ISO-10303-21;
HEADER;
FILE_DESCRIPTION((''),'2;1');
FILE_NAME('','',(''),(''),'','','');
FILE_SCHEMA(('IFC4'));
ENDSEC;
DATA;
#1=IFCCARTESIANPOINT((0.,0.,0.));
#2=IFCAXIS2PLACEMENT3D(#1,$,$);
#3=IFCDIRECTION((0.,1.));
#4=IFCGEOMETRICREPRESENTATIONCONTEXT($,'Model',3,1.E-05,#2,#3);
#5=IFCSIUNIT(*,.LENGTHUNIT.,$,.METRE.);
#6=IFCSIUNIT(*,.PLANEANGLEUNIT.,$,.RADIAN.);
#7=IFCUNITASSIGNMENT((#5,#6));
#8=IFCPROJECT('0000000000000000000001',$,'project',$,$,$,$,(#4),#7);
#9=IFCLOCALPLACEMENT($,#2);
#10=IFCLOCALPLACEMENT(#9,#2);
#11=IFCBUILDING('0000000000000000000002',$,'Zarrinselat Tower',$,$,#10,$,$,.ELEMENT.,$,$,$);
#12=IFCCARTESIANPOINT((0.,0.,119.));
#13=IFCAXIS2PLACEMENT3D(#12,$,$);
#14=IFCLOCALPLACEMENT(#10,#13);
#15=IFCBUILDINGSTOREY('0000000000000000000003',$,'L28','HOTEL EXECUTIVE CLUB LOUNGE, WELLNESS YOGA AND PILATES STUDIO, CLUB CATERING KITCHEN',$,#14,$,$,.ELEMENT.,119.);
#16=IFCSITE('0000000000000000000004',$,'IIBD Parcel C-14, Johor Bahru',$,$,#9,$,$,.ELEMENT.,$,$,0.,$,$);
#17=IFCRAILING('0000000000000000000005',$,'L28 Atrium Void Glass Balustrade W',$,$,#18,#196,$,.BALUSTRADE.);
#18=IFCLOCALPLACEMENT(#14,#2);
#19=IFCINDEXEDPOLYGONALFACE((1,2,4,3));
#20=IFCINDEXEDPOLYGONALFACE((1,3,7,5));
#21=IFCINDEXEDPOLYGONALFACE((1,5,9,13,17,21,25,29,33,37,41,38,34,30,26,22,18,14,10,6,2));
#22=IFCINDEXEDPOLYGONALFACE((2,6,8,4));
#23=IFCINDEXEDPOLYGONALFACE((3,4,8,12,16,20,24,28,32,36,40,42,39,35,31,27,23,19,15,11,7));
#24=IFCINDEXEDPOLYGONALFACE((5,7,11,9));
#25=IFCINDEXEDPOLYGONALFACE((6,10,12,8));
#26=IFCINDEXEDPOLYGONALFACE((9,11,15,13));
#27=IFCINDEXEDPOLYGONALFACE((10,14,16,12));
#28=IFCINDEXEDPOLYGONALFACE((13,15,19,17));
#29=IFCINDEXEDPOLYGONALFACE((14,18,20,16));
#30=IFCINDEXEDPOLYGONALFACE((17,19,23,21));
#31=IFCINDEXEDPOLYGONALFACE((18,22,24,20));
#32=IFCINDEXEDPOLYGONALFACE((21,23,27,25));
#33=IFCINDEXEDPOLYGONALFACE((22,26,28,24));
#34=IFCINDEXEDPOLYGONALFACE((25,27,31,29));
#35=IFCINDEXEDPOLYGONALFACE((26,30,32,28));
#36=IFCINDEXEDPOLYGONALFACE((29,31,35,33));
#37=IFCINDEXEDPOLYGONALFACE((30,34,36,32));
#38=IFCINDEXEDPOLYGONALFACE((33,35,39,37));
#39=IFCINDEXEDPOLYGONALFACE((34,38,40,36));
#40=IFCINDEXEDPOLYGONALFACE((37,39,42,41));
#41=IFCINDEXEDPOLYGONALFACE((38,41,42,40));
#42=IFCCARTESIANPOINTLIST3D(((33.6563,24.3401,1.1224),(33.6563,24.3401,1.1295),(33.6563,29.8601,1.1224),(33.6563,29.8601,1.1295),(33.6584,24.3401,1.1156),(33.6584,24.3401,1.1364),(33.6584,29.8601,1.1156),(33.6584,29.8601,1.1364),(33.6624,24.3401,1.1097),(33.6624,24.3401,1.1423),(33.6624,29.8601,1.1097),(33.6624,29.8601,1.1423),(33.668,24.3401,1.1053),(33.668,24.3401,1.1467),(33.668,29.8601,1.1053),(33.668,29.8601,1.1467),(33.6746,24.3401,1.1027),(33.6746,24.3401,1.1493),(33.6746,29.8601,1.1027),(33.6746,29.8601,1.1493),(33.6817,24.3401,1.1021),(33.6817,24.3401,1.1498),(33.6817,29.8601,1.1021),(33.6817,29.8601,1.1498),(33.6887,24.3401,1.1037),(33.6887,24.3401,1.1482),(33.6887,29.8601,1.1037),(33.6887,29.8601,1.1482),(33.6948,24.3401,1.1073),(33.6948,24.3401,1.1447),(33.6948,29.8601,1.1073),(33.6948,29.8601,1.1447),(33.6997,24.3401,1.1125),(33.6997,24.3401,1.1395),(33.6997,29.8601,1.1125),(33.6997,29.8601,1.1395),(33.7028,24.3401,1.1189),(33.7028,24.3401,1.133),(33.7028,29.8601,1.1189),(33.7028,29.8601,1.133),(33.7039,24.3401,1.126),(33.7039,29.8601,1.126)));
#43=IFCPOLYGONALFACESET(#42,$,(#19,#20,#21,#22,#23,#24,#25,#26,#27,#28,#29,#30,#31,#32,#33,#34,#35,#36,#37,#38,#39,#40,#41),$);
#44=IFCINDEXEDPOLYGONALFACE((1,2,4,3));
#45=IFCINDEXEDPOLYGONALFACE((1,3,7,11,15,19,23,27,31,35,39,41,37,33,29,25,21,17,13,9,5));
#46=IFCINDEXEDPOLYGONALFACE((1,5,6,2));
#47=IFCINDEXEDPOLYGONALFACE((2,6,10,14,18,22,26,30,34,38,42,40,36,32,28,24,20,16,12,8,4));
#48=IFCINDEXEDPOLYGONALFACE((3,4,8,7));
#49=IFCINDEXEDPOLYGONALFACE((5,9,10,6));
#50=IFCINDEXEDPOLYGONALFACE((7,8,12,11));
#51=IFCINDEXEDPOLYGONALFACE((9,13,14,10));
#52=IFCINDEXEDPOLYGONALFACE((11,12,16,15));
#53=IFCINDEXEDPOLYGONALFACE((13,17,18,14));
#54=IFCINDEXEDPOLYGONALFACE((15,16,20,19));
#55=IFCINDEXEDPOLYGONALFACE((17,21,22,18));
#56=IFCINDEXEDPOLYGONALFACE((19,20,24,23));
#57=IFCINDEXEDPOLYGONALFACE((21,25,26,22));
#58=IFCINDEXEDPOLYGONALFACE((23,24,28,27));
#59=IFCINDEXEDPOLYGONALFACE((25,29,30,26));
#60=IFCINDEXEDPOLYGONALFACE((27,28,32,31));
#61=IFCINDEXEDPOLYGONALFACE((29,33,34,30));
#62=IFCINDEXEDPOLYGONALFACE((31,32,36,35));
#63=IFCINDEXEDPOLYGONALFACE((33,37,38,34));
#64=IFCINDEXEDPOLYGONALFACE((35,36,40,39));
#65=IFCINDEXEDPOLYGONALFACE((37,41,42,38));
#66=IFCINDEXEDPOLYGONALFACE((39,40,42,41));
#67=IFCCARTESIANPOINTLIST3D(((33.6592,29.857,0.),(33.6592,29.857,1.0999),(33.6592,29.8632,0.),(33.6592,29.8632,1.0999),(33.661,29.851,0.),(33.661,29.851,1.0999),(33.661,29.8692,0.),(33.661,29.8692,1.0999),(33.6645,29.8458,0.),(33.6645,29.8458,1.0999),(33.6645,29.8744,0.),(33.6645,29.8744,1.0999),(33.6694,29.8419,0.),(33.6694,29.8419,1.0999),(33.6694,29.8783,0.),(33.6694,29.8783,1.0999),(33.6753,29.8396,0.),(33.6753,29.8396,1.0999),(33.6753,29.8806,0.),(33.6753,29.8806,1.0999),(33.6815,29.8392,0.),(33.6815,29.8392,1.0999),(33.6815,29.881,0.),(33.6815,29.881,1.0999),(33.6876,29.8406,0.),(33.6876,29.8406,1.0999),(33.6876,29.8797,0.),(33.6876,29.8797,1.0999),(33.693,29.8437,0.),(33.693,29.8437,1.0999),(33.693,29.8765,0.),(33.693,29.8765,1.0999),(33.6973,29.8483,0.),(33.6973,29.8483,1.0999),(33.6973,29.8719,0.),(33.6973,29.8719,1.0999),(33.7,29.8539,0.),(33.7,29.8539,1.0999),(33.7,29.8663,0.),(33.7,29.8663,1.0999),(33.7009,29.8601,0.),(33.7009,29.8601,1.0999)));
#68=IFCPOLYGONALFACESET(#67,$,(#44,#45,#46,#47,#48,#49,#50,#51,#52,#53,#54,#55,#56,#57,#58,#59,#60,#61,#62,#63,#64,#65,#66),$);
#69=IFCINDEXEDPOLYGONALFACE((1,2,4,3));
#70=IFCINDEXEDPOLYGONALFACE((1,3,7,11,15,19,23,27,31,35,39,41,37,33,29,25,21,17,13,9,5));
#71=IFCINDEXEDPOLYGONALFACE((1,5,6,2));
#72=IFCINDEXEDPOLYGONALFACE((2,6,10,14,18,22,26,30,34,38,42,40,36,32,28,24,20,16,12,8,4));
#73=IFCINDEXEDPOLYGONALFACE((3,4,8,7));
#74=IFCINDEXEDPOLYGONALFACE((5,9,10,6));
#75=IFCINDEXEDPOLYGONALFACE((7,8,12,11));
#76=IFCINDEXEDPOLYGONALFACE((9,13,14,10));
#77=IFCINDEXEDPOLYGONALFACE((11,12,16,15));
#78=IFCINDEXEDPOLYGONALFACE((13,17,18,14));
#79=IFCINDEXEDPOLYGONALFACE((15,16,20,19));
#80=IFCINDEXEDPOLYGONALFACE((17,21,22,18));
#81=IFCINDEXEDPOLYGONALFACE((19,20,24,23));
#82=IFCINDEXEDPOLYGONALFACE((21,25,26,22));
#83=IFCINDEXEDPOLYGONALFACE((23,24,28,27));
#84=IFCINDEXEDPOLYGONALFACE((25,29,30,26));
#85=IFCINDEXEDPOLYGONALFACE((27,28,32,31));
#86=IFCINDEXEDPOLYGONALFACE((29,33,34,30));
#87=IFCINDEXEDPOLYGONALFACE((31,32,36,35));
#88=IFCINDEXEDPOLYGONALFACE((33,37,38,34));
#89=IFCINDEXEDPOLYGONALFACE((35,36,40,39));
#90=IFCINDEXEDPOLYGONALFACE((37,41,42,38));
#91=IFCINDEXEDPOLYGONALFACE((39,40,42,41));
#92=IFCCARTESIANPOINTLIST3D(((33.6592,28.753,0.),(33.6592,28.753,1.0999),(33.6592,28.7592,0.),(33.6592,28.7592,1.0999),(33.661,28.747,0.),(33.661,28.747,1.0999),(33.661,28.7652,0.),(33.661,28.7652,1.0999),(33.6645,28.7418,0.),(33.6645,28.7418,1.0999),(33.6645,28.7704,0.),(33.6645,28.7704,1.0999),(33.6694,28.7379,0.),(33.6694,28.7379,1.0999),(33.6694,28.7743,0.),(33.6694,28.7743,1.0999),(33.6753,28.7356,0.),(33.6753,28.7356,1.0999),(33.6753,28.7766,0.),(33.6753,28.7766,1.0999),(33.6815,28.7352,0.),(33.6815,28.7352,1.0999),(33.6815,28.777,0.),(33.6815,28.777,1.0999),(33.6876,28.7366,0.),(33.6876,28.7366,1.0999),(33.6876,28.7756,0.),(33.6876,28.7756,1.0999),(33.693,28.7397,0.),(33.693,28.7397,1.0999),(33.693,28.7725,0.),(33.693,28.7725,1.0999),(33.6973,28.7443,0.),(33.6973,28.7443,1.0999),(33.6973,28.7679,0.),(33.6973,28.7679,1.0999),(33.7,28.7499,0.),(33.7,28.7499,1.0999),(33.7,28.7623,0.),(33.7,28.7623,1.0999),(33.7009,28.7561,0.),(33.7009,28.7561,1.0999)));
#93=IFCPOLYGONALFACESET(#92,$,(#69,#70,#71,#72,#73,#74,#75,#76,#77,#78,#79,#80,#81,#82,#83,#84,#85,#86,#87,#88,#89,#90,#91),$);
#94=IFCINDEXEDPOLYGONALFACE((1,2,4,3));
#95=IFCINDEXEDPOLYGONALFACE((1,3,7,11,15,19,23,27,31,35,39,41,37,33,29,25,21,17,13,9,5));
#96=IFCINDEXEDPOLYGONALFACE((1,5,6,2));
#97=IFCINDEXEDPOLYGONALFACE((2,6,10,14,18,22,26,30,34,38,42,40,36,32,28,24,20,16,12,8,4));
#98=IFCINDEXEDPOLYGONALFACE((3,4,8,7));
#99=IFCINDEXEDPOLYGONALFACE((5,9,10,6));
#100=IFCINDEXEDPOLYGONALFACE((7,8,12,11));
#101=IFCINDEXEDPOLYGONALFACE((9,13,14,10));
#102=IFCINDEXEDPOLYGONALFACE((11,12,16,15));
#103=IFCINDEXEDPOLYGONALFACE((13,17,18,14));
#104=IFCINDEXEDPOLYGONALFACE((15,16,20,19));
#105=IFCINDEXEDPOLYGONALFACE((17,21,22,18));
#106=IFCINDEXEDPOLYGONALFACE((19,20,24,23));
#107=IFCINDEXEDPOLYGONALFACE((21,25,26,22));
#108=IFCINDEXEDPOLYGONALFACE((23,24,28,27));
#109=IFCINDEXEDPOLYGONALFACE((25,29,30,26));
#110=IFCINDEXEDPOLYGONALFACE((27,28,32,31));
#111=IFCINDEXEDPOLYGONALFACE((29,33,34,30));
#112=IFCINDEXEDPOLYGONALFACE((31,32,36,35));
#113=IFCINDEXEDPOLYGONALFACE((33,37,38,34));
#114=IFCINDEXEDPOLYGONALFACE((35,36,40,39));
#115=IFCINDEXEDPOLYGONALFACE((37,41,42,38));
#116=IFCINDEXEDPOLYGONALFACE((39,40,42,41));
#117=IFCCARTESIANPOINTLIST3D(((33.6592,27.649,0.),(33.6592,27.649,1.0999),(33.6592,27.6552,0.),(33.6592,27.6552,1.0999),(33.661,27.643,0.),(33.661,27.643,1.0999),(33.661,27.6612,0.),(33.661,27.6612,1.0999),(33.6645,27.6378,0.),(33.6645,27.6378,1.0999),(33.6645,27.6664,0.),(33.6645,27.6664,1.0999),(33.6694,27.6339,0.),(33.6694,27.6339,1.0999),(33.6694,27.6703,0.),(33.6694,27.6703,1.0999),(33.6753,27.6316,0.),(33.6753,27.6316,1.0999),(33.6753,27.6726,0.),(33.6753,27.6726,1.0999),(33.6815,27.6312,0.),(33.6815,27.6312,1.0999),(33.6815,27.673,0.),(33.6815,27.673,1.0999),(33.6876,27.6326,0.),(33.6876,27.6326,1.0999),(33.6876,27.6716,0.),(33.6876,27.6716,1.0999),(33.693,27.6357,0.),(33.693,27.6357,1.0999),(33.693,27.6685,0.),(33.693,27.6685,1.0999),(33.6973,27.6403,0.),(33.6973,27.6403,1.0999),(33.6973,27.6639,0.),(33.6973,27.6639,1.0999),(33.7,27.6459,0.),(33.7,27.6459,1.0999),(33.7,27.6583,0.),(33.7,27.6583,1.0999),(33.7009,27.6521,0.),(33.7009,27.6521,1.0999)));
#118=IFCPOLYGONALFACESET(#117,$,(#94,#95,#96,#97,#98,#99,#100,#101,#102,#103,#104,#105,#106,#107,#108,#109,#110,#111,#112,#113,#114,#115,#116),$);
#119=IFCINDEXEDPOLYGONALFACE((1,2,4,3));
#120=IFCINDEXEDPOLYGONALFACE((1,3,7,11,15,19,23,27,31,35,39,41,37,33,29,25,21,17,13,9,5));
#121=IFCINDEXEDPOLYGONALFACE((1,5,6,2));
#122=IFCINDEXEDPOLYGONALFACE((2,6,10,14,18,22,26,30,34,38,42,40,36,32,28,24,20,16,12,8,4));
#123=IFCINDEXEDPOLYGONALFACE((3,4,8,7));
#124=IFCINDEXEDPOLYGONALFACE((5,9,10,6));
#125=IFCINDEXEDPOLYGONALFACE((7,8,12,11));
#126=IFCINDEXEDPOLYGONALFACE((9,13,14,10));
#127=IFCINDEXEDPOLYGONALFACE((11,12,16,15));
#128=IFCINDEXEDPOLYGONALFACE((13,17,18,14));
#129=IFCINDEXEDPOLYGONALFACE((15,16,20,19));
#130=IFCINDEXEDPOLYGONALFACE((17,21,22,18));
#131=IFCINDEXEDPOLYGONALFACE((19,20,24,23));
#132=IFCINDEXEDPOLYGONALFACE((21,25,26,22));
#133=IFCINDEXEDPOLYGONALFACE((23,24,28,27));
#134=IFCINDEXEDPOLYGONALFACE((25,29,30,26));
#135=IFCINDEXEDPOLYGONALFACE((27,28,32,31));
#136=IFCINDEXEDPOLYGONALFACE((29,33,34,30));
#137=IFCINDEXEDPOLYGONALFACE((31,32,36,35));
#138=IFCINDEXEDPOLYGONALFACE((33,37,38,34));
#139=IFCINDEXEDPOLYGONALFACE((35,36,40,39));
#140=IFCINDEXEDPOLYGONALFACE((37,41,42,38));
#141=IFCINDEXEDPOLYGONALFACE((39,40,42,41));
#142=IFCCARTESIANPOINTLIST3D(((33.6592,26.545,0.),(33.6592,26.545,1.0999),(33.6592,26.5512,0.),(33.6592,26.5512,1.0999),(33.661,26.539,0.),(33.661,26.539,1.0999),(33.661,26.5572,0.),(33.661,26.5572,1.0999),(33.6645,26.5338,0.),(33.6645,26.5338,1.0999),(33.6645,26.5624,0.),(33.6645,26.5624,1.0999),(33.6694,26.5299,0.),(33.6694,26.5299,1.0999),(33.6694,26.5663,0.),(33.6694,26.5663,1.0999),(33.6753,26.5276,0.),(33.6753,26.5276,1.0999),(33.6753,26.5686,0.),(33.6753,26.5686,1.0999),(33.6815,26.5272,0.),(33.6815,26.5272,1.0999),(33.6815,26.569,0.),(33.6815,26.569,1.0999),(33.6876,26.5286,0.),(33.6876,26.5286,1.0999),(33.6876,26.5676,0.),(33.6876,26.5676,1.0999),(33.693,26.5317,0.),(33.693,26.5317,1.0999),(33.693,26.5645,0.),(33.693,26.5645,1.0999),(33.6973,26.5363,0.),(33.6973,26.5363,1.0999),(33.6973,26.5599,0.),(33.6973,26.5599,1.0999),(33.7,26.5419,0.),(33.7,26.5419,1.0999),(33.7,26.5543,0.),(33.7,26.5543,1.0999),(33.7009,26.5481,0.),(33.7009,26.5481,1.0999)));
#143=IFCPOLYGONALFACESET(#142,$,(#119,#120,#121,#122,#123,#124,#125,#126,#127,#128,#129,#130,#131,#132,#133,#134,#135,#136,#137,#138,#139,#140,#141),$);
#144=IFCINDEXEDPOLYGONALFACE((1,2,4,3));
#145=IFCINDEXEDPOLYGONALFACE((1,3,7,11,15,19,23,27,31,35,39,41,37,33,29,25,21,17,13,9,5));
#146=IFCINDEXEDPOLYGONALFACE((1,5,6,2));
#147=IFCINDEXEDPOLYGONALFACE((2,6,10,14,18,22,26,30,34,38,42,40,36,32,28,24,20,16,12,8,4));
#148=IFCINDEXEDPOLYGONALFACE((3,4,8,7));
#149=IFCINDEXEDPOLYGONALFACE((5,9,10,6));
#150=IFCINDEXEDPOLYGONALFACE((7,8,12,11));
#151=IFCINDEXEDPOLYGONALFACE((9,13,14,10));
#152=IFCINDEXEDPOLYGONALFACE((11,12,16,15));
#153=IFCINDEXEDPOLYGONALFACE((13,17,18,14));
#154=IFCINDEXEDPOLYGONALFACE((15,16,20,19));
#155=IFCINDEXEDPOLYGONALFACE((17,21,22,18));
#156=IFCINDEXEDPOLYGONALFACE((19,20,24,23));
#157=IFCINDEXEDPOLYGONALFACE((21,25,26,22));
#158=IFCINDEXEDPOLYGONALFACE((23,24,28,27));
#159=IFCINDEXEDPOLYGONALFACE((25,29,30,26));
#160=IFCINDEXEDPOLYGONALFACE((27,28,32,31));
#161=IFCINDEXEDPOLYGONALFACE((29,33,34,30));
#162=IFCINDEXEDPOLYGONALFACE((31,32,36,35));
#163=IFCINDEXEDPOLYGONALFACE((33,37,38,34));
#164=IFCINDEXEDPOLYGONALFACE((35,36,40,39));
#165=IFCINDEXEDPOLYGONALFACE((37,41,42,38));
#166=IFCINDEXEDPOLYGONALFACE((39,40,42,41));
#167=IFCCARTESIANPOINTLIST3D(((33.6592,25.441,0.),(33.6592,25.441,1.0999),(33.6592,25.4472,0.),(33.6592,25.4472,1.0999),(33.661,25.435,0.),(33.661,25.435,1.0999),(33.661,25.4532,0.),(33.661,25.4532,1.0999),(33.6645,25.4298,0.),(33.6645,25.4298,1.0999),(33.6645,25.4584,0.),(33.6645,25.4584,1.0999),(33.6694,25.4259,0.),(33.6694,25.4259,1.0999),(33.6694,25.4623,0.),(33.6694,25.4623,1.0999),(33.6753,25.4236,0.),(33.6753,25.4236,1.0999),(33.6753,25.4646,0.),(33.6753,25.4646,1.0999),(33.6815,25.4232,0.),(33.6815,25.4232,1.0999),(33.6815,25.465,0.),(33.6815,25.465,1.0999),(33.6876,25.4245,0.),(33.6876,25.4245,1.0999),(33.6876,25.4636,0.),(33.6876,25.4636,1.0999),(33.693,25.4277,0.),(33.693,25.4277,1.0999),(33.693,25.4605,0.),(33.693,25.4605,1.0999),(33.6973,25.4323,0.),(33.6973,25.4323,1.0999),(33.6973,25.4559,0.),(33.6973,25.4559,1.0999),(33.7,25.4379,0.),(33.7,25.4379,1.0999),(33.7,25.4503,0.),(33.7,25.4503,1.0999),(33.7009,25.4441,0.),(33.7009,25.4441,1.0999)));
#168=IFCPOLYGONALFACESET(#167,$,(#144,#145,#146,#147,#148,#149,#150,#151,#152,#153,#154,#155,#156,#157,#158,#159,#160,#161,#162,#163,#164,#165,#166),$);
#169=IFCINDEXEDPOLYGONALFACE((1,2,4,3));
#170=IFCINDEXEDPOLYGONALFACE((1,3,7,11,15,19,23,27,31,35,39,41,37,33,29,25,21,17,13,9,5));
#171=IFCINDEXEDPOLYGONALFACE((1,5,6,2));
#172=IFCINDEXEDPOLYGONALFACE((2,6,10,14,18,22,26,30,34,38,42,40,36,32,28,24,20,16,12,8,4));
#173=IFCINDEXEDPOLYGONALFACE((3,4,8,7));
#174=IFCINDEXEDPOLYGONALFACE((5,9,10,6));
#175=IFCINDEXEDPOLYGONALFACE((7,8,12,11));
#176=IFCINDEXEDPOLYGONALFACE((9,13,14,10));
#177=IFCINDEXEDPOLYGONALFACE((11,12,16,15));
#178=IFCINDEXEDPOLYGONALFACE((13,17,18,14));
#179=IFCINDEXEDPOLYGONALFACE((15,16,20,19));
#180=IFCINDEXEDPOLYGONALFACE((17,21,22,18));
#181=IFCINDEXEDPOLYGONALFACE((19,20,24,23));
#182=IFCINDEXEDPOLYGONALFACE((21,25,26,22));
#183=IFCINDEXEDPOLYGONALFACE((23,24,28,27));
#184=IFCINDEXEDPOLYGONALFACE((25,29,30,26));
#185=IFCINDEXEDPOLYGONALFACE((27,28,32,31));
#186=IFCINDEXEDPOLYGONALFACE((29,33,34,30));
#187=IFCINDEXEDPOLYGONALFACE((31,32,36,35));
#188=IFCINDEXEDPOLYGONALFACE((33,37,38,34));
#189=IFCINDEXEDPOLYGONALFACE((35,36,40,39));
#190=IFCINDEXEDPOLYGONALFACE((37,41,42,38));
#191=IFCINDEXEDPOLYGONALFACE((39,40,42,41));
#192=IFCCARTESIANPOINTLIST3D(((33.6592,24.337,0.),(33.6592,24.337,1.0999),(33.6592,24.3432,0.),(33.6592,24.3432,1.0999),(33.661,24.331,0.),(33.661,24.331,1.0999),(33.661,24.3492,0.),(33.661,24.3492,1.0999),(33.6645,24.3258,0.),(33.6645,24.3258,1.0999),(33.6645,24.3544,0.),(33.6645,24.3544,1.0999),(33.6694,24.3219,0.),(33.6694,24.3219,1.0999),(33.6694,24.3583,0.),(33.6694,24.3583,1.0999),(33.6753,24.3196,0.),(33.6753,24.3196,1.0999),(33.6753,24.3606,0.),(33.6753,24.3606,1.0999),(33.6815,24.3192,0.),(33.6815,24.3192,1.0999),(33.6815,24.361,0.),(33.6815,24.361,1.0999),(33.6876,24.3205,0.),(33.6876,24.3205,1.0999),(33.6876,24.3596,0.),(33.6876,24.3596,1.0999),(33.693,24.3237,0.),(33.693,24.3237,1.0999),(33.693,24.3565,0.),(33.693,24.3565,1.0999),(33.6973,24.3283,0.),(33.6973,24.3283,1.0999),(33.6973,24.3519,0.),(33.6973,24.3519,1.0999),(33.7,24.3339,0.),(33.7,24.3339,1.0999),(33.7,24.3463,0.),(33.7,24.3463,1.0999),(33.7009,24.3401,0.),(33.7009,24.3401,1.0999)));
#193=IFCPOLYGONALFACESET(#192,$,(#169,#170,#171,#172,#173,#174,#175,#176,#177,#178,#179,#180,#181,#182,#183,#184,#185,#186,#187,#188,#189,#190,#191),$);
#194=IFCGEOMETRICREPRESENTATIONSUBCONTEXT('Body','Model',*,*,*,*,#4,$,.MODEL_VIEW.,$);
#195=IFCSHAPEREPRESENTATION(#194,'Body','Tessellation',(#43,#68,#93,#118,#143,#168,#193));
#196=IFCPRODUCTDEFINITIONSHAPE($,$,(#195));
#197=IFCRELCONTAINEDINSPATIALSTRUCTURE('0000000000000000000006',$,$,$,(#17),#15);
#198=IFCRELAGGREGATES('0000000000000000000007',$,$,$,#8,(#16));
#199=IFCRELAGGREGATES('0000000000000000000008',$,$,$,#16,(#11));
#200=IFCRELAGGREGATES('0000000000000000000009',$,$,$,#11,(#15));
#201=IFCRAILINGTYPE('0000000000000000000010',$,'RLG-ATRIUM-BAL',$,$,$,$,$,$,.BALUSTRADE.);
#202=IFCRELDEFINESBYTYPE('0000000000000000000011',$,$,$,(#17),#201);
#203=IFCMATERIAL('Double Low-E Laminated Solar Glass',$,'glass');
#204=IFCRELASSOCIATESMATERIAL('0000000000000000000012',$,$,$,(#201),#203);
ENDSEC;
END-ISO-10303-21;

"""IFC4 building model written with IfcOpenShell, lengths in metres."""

from ifc_helpers import new_model, si_unit, direction, frame, origin, origin_2d, place, context, subcontext, project, spatial, circle, extrude, material, type_object, element, save


model = new_model("IFC4")

# Units and contexts
model_context = context("Model", 3, precision=1e-05, world=origin(), true_north=direction((0.0, 1.0)))
body_context = subcontext(model_context, "Body", "Model", "MODEL_VIEW")
ifc_project = project(units=[si_unit("LENGTHUNIT", "METRE"), si_unit("PLANEANGLEUNIT", "RADIAN")], contexts=[model_context])

# Site, building, storey
site_placement = place(None, origin())
site = spatial("IfcSite", under=ifc_project, at=site_placement, Name="IIBD Parcel C-14, Johor Bahru", CompositionType="ELEMENT", RefElevation=0.0)
building_placement = place(site_placement, origin())
building = spatial("IfcBuilding", under=site, at=building_placement, Name="Zarrinselat Tower", CompositionType="ELEMENT")
storey_placement = place(building_placement, frame((0.0, 0.0, 119.0)))
storey = spatial("IfcBuildingStorey", under=building, at=storey_placement, Name="L28", Description="HOTEL EXECUTIVE CLUB LOUNGE, WELLNESS YOGA AND PILATES STUDIO, CLUB CATERING KITCHEN", CompositionType="ELEMENT", Elevation=119.0)

# Railing
ifc_material_1 = material(Name="Double Low-E Laminated Solar Glass", Category="glass")
railing_type = type_object("IfcRailingType", Name="RLG-ATRIUM-BAL", PredefinedType="BALUSTRADE", material=ifc_material_1)
railing_placement = place(storey_placement, frame((33.6799, 29.8601, 0.0)))
element("IfcRailing", 1, at=railing_placement, inside=storey, type_object=railing_type, Name="L28 Atrium Void Glass Balustrade W", PredefinedType="BALUSTRADE", context=body_context, shape_type="SweptSolid", body=[
    extrude(circle(Radius=0.0239, at=origin_2d()), frame((0.0, 0.0, 1.126), z_axis=(0.0, -1.0, 0.0), x_axis=(1.0, 0.0, 0.0)), (0.0, 0.0, 1.0), 5.52),
    extrude(circle(Radius=0.021, at=origin_2d()), origin(), (0.0, 0.0, 1.0), 1.0999),
    extrude(circle(Radius=0.021, at=origin_2d()), frame((0.0, -1.104, 0.0)), (0.0, 0.0, 1.0), 1.0999),
    extrude(circle(Radius=0.021, at=origin_2d()), frame((0.0, -2.208, 0.0)), (0.0, 0.0, 1.0), 1.0999),
    extrude(circle(Radius=0.021, at=origin_2d()), frame((0.0, -3.312, 0.0)), (0.0, 0.0, 1.0), 1.0999),
    extrude(circle(Radius=0.021, at=origin_2d()), frame((0.0, -4.416, 0.0)), (0.0, 0.0, 1.0), 1.0999),
    extrude(circle(Radius=0.021, at=origin_2d()), frame((0.0, -5.52, 0.0)), (0.0, 0.0, 1.0), 1.0999),
])

save(model, "model.ifc")
